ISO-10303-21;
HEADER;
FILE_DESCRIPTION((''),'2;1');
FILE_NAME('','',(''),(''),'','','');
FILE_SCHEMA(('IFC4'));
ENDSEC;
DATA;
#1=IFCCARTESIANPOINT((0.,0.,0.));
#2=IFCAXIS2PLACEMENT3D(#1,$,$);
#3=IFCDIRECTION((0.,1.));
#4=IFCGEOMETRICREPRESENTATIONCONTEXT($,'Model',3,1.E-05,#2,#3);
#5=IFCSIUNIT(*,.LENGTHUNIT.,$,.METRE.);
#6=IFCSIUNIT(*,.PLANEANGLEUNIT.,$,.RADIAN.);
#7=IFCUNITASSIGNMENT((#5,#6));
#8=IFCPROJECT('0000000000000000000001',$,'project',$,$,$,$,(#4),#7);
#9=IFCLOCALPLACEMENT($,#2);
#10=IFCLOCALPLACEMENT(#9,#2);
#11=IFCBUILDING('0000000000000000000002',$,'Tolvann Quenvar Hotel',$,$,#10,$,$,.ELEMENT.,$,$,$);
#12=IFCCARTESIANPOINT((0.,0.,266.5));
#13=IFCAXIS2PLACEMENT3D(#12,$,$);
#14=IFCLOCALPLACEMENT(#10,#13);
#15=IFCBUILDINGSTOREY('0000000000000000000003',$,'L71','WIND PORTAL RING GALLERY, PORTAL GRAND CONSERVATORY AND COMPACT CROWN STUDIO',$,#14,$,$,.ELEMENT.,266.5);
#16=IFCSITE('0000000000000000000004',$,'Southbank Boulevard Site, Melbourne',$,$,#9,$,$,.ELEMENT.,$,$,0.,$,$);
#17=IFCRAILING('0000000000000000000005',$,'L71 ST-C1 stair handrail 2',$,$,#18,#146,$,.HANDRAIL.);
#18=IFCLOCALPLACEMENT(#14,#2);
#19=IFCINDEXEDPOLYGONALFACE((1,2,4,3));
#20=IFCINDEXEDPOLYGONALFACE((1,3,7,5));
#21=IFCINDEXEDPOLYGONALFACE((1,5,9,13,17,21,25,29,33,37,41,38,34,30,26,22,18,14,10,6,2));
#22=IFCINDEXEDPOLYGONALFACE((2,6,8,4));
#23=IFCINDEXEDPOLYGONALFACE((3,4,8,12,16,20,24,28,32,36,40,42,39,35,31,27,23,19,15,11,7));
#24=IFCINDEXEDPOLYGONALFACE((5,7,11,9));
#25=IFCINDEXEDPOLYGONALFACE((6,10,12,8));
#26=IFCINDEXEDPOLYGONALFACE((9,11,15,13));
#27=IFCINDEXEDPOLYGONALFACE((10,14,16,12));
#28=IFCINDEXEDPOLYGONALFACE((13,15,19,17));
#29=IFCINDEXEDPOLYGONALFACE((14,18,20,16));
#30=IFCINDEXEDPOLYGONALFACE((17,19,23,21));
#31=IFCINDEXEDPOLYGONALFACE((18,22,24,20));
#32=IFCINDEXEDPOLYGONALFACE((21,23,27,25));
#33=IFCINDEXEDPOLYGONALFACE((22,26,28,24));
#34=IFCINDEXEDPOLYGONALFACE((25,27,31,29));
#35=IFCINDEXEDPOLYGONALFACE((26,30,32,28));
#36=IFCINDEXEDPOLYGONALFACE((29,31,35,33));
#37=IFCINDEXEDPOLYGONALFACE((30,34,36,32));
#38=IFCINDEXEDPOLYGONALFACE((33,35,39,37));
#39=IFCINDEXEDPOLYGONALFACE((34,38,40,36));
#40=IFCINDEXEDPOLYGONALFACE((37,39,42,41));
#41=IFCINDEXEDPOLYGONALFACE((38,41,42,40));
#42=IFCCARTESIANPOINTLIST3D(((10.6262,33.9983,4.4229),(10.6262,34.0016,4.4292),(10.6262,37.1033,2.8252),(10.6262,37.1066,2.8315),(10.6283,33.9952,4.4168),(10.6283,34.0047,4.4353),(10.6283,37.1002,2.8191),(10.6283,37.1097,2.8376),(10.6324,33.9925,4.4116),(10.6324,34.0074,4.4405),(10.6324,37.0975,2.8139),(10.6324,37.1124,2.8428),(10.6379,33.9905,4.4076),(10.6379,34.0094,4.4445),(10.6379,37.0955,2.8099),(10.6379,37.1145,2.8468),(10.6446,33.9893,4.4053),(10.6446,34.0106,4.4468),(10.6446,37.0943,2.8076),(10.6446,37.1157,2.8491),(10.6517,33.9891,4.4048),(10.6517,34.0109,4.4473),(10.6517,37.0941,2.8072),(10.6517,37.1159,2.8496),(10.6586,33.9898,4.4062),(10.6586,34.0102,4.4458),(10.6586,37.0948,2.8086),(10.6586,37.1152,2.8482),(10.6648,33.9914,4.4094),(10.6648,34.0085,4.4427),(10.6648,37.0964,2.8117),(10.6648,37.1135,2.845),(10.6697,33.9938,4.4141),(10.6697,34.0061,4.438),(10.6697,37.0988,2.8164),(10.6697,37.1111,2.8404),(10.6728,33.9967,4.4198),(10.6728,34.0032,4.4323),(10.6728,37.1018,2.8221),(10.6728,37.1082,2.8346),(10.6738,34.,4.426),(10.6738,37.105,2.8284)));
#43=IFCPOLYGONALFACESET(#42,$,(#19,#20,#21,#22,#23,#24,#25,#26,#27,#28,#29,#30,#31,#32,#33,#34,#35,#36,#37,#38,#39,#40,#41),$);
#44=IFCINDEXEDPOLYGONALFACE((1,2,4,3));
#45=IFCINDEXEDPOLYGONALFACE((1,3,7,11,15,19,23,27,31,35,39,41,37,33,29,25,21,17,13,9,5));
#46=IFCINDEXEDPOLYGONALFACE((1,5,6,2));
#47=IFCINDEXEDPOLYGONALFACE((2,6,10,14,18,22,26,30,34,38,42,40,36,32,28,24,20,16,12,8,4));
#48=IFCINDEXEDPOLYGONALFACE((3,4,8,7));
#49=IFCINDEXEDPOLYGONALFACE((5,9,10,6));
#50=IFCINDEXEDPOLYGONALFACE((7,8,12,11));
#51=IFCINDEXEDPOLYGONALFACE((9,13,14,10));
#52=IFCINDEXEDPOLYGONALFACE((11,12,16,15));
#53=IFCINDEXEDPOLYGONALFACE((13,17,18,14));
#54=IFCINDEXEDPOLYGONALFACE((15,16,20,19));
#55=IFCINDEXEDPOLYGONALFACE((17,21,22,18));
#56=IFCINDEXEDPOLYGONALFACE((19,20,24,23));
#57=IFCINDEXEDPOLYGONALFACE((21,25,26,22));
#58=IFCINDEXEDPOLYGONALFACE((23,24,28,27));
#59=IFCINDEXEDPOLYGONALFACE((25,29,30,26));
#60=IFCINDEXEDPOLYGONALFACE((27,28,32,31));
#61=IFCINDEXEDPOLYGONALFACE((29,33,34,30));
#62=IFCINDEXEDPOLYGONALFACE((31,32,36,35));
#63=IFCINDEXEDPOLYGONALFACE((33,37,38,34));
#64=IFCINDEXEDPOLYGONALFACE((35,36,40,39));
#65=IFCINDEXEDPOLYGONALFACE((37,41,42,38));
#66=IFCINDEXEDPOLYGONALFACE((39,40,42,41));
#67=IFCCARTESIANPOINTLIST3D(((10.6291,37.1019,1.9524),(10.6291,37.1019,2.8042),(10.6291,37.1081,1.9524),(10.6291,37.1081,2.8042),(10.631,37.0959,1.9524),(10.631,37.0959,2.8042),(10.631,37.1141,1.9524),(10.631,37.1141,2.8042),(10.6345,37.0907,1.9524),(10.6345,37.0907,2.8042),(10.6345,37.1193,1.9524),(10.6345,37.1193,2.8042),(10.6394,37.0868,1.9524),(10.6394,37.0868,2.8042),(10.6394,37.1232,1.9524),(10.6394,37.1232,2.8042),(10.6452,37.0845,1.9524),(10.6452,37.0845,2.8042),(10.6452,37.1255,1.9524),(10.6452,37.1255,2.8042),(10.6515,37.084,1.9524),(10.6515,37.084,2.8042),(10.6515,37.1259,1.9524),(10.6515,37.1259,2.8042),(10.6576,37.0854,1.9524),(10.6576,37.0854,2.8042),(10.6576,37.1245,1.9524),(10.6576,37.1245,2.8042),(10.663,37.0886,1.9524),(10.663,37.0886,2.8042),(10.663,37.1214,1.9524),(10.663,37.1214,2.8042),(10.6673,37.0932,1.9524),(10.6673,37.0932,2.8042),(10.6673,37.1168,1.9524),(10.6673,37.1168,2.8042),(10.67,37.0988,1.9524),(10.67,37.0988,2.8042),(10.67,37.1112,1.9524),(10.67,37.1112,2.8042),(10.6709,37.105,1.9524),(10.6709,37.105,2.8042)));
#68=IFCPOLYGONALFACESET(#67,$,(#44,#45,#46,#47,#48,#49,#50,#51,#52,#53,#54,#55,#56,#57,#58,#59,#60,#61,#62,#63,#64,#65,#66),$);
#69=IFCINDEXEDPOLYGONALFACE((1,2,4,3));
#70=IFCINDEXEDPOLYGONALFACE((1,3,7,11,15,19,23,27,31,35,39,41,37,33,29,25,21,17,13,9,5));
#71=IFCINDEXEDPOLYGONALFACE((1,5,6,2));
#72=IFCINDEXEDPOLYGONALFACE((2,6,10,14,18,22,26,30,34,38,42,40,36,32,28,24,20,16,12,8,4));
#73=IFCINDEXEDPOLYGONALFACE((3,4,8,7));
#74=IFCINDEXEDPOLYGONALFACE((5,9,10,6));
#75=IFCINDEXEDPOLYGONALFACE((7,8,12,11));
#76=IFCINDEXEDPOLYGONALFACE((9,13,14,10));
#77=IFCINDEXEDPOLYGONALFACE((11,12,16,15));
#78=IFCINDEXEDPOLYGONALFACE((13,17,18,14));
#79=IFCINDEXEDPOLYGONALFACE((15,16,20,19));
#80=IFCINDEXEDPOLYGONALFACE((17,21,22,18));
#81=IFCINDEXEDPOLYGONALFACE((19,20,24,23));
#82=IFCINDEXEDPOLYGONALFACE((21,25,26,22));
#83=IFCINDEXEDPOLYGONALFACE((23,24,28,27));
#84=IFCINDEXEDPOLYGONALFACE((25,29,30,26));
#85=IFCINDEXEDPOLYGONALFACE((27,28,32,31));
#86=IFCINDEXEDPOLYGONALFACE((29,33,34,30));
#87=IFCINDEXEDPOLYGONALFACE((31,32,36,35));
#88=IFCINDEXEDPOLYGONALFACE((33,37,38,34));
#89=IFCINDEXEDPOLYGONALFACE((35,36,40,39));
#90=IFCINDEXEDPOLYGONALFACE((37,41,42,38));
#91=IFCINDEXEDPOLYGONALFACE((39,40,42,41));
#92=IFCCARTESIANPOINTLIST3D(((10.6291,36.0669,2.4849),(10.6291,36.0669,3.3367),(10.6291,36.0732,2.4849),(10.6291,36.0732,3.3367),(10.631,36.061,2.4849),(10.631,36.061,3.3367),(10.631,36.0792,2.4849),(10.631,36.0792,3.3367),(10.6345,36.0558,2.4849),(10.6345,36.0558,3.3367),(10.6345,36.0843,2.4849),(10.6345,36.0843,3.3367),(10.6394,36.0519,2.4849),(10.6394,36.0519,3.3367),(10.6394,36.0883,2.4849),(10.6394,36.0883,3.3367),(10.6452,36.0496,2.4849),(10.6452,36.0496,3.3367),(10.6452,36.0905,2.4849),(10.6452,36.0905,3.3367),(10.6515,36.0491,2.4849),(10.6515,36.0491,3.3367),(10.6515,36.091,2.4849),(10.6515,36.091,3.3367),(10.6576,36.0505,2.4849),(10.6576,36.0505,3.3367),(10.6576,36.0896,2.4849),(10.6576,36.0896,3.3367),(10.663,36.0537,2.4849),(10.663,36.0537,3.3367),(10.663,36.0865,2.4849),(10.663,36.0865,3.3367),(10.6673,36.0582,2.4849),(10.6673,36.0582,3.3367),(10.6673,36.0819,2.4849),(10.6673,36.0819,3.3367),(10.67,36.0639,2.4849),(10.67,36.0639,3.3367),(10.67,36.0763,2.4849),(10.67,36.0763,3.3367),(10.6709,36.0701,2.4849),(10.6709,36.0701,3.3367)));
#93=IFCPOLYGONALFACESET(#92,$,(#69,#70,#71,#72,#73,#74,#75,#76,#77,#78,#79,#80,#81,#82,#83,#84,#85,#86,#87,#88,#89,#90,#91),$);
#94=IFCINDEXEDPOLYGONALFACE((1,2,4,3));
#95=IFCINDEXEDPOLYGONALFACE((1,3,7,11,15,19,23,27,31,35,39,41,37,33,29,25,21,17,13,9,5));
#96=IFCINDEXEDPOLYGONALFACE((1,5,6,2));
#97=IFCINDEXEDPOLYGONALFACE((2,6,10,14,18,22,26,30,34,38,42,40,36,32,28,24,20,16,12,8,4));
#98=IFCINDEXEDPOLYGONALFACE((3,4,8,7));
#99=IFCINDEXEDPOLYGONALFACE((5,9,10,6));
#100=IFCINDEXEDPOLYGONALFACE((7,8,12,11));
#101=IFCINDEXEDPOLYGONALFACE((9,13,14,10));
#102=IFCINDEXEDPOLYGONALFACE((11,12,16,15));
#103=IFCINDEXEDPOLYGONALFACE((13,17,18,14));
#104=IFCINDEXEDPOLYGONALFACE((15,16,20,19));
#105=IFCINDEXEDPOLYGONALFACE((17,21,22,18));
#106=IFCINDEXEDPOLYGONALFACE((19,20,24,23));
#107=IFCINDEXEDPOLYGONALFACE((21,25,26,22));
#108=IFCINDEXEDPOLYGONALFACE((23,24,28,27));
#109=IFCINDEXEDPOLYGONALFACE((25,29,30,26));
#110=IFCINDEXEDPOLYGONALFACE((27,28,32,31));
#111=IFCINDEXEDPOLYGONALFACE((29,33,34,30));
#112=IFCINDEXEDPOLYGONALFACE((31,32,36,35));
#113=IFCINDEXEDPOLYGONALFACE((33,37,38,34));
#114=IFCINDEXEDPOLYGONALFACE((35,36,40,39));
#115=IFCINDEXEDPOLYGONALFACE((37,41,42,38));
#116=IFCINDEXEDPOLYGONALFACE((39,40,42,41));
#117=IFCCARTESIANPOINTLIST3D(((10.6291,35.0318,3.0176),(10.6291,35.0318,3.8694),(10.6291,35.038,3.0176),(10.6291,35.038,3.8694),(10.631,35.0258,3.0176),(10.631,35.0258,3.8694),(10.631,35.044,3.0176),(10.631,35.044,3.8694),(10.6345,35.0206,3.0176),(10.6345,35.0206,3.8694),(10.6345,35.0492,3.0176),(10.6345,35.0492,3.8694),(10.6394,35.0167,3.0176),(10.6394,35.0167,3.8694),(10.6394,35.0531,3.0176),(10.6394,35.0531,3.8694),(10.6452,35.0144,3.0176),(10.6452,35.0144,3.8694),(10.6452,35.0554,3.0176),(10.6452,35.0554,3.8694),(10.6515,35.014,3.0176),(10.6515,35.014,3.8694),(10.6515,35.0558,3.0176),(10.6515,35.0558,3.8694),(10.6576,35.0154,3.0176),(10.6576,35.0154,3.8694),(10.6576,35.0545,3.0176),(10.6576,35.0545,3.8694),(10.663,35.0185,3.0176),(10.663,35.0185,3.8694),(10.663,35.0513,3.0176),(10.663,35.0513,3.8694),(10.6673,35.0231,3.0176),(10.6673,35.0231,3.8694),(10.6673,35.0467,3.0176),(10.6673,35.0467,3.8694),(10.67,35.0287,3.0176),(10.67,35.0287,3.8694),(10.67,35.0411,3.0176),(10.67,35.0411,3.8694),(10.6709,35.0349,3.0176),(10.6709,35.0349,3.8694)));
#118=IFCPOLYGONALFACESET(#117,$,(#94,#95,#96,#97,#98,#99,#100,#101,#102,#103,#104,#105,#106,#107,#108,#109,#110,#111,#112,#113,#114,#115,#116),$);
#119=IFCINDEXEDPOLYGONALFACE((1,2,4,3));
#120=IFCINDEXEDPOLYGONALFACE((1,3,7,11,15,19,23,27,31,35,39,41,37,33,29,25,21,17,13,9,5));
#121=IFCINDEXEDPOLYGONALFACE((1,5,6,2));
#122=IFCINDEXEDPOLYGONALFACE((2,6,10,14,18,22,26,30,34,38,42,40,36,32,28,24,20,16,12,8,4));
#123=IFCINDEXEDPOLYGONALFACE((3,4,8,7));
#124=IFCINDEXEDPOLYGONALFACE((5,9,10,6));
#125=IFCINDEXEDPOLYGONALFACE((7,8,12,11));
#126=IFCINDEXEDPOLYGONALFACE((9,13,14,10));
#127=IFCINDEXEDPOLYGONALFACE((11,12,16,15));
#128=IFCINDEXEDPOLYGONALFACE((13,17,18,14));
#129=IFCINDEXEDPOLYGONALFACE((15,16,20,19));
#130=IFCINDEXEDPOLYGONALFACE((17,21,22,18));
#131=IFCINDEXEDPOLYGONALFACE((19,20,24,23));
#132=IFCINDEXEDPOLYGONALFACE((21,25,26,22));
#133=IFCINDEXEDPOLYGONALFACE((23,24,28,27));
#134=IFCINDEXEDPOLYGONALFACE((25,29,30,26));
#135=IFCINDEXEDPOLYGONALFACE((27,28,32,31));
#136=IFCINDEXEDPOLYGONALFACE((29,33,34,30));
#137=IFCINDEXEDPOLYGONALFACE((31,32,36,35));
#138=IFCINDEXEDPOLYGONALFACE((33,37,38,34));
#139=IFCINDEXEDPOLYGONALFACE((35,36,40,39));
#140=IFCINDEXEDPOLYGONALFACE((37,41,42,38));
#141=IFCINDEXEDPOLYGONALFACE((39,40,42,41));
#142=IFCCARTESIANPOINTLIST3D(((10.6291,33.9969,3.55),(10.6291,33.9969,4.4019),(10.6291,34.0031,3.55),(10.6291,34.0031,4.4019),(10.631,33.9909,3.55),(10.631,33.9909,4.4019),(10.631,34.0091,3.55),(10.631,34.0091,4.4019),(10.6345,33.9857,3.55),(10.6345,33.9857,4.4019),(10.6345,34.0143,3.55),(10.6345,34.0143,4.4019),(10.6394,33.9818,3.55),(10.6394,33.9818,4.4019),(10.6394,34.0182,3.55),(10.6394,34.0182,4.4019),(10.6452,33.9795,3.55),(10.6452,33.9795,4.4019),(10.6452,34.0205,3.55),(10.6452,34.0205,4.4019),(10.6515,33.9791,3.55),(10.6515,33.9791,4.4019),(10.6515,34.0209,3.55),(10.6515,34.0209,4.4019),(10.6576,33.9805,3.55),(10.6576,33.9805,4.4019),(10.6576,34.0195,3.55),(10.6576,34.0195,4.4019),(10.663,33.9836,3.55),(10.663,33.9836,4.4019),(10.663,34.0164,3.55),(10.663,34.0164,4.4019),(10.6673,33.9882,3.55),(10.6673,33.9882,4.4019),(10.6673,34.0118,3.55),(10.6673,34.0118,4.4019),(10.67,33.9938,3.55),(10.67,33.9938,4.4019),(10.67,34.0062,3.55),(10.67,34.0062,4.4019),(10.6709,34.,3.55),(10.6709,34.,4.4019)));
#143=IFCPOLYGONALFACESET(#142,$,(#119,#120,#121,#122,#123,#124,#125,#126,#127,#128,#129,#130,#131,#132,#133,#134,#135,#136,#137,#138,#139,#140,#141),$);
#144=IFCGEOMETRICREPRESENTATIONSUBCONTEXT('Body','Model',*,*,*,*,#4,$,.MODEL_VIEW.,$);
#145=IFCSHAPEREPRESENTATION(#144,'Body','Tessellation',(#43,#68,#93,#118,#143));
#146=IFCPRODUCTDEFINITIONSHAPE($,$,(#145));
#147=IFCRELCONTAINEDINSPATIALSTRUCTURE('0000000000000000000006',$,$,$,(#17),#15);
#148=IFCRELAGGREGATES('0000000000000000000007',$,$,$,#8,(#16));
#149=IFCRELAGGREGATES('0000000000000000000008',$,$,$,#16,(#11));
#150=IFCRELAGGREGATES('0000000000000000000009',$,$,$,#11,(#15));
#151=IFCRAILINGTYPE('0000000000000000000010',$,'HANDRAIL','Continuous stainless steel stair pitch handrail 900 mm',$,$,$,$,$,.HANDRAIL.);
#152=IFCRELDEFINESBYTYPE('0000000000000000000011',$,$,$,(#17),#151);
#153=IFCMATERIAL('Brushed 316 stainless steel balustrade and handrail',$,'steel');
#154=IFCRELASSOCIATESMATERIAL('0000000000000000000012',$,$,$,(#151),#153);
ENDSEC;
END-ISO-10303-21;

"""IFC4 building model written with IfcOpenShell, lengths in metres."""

from ifc_helpers import new_model, si_unit, direction, frame, origin, origin_2d, place, context, subcontext, project, spatial, circle, extrude, material, type_object, element, save


model = new_model("IFC4")

# Units and contexts
model_context = context("Model", 3, precision=1e-05, world=origin(), true_north=direction((0.0, 1.0)))
body_context = subcontext(model_context, "Body", "Model", "MODEL_VIEW")
ifc_project = project(units=[si_unit("LENGTHUNIT", "METRE"), si_unit("PLANEANGLEUNIT", "RADIAN")], contexts=[model_context])

# Site, building, storey
site_placement = place(None, origin())
site = spatial("IfcSite", under=ifc_project, at=site_placement, Name="Southbank Boulevard Site, Melbourne", CompositionType="ELEMENT", RefElevation=0.0)
building_placement = place(site_placement, origin())
building = spatial("IfcBuilding", under=site, at=building_placement, Name="Tolvann Quenvar Hotel", CompositionType="ELEMENT")
storey_placement = place(building_placement, frame((0.0, 0.0, 266.5)))
storey = spatial("IfcBuildingStorey", under=building, at=storey_placement, Name="L71", Description="WIND PORTAL RING GALLERY, PORTAL GRAND CONSERVATORY AND COMPACT CROWN STUDIO", CompositionType="ELEMENT", Elevation=266.5)

# Railing
ifc_material_1 = material(Name="Brushed 316 stainless steel balustrade and handrail", Category="steel")
railing_type_1 = type_object("IfcRailingType", Name="HANDRAIL", Description="Continuous stainless steel stair pitch handrail 900 mm", PredefinedType="HANDRAIL", material=ifc_material_1)
railing_1_placement = place(storey_placement, frame((10.6499, 37.105, 1.9524)))
element("IfcRailing", 1, at=railing_1_placement, inside=storey, type_object=railing_type_1, Name="L71 ST-C1 stair handrail 2", PredefinedType="HANDRAIL", context=body_context, shape_type="SweptSolid", body=[
    extrude(circle(Radius=0.0239, at=origin_2d()), frame((0.0, 0.0, 0.876), z_axis=(0.0, -0.889194, 0.457531), x_axis=(1.0, 0.0, 0.0)), (0.0, 0.0, 1.0), 3.4919),
    extrude(circle(Radius=0.021, at=origin_2d()), origin(), (0.0, 0.0, 1.0), 0.8518),
    extrude(circle(Radius=0.021, at=origin_2d()), frame((0.0, -1.0349, 0.5325)), (0.0, 0.0, 1.0), 0.8518),
    extrude(circle(Radius=0.021, at=origin_2d()), frame((0.0, -2.0701, 1.0652)), (0.0, 0.0, 1.0), 0.8518),
    extrude(circle(Radius=0.021, at=origin_2d()), frame((0.0, -3.105, 1.5977)), (0.0, 0.0, 1.0), 0.8518),
])

save(model, "model.ifc")
